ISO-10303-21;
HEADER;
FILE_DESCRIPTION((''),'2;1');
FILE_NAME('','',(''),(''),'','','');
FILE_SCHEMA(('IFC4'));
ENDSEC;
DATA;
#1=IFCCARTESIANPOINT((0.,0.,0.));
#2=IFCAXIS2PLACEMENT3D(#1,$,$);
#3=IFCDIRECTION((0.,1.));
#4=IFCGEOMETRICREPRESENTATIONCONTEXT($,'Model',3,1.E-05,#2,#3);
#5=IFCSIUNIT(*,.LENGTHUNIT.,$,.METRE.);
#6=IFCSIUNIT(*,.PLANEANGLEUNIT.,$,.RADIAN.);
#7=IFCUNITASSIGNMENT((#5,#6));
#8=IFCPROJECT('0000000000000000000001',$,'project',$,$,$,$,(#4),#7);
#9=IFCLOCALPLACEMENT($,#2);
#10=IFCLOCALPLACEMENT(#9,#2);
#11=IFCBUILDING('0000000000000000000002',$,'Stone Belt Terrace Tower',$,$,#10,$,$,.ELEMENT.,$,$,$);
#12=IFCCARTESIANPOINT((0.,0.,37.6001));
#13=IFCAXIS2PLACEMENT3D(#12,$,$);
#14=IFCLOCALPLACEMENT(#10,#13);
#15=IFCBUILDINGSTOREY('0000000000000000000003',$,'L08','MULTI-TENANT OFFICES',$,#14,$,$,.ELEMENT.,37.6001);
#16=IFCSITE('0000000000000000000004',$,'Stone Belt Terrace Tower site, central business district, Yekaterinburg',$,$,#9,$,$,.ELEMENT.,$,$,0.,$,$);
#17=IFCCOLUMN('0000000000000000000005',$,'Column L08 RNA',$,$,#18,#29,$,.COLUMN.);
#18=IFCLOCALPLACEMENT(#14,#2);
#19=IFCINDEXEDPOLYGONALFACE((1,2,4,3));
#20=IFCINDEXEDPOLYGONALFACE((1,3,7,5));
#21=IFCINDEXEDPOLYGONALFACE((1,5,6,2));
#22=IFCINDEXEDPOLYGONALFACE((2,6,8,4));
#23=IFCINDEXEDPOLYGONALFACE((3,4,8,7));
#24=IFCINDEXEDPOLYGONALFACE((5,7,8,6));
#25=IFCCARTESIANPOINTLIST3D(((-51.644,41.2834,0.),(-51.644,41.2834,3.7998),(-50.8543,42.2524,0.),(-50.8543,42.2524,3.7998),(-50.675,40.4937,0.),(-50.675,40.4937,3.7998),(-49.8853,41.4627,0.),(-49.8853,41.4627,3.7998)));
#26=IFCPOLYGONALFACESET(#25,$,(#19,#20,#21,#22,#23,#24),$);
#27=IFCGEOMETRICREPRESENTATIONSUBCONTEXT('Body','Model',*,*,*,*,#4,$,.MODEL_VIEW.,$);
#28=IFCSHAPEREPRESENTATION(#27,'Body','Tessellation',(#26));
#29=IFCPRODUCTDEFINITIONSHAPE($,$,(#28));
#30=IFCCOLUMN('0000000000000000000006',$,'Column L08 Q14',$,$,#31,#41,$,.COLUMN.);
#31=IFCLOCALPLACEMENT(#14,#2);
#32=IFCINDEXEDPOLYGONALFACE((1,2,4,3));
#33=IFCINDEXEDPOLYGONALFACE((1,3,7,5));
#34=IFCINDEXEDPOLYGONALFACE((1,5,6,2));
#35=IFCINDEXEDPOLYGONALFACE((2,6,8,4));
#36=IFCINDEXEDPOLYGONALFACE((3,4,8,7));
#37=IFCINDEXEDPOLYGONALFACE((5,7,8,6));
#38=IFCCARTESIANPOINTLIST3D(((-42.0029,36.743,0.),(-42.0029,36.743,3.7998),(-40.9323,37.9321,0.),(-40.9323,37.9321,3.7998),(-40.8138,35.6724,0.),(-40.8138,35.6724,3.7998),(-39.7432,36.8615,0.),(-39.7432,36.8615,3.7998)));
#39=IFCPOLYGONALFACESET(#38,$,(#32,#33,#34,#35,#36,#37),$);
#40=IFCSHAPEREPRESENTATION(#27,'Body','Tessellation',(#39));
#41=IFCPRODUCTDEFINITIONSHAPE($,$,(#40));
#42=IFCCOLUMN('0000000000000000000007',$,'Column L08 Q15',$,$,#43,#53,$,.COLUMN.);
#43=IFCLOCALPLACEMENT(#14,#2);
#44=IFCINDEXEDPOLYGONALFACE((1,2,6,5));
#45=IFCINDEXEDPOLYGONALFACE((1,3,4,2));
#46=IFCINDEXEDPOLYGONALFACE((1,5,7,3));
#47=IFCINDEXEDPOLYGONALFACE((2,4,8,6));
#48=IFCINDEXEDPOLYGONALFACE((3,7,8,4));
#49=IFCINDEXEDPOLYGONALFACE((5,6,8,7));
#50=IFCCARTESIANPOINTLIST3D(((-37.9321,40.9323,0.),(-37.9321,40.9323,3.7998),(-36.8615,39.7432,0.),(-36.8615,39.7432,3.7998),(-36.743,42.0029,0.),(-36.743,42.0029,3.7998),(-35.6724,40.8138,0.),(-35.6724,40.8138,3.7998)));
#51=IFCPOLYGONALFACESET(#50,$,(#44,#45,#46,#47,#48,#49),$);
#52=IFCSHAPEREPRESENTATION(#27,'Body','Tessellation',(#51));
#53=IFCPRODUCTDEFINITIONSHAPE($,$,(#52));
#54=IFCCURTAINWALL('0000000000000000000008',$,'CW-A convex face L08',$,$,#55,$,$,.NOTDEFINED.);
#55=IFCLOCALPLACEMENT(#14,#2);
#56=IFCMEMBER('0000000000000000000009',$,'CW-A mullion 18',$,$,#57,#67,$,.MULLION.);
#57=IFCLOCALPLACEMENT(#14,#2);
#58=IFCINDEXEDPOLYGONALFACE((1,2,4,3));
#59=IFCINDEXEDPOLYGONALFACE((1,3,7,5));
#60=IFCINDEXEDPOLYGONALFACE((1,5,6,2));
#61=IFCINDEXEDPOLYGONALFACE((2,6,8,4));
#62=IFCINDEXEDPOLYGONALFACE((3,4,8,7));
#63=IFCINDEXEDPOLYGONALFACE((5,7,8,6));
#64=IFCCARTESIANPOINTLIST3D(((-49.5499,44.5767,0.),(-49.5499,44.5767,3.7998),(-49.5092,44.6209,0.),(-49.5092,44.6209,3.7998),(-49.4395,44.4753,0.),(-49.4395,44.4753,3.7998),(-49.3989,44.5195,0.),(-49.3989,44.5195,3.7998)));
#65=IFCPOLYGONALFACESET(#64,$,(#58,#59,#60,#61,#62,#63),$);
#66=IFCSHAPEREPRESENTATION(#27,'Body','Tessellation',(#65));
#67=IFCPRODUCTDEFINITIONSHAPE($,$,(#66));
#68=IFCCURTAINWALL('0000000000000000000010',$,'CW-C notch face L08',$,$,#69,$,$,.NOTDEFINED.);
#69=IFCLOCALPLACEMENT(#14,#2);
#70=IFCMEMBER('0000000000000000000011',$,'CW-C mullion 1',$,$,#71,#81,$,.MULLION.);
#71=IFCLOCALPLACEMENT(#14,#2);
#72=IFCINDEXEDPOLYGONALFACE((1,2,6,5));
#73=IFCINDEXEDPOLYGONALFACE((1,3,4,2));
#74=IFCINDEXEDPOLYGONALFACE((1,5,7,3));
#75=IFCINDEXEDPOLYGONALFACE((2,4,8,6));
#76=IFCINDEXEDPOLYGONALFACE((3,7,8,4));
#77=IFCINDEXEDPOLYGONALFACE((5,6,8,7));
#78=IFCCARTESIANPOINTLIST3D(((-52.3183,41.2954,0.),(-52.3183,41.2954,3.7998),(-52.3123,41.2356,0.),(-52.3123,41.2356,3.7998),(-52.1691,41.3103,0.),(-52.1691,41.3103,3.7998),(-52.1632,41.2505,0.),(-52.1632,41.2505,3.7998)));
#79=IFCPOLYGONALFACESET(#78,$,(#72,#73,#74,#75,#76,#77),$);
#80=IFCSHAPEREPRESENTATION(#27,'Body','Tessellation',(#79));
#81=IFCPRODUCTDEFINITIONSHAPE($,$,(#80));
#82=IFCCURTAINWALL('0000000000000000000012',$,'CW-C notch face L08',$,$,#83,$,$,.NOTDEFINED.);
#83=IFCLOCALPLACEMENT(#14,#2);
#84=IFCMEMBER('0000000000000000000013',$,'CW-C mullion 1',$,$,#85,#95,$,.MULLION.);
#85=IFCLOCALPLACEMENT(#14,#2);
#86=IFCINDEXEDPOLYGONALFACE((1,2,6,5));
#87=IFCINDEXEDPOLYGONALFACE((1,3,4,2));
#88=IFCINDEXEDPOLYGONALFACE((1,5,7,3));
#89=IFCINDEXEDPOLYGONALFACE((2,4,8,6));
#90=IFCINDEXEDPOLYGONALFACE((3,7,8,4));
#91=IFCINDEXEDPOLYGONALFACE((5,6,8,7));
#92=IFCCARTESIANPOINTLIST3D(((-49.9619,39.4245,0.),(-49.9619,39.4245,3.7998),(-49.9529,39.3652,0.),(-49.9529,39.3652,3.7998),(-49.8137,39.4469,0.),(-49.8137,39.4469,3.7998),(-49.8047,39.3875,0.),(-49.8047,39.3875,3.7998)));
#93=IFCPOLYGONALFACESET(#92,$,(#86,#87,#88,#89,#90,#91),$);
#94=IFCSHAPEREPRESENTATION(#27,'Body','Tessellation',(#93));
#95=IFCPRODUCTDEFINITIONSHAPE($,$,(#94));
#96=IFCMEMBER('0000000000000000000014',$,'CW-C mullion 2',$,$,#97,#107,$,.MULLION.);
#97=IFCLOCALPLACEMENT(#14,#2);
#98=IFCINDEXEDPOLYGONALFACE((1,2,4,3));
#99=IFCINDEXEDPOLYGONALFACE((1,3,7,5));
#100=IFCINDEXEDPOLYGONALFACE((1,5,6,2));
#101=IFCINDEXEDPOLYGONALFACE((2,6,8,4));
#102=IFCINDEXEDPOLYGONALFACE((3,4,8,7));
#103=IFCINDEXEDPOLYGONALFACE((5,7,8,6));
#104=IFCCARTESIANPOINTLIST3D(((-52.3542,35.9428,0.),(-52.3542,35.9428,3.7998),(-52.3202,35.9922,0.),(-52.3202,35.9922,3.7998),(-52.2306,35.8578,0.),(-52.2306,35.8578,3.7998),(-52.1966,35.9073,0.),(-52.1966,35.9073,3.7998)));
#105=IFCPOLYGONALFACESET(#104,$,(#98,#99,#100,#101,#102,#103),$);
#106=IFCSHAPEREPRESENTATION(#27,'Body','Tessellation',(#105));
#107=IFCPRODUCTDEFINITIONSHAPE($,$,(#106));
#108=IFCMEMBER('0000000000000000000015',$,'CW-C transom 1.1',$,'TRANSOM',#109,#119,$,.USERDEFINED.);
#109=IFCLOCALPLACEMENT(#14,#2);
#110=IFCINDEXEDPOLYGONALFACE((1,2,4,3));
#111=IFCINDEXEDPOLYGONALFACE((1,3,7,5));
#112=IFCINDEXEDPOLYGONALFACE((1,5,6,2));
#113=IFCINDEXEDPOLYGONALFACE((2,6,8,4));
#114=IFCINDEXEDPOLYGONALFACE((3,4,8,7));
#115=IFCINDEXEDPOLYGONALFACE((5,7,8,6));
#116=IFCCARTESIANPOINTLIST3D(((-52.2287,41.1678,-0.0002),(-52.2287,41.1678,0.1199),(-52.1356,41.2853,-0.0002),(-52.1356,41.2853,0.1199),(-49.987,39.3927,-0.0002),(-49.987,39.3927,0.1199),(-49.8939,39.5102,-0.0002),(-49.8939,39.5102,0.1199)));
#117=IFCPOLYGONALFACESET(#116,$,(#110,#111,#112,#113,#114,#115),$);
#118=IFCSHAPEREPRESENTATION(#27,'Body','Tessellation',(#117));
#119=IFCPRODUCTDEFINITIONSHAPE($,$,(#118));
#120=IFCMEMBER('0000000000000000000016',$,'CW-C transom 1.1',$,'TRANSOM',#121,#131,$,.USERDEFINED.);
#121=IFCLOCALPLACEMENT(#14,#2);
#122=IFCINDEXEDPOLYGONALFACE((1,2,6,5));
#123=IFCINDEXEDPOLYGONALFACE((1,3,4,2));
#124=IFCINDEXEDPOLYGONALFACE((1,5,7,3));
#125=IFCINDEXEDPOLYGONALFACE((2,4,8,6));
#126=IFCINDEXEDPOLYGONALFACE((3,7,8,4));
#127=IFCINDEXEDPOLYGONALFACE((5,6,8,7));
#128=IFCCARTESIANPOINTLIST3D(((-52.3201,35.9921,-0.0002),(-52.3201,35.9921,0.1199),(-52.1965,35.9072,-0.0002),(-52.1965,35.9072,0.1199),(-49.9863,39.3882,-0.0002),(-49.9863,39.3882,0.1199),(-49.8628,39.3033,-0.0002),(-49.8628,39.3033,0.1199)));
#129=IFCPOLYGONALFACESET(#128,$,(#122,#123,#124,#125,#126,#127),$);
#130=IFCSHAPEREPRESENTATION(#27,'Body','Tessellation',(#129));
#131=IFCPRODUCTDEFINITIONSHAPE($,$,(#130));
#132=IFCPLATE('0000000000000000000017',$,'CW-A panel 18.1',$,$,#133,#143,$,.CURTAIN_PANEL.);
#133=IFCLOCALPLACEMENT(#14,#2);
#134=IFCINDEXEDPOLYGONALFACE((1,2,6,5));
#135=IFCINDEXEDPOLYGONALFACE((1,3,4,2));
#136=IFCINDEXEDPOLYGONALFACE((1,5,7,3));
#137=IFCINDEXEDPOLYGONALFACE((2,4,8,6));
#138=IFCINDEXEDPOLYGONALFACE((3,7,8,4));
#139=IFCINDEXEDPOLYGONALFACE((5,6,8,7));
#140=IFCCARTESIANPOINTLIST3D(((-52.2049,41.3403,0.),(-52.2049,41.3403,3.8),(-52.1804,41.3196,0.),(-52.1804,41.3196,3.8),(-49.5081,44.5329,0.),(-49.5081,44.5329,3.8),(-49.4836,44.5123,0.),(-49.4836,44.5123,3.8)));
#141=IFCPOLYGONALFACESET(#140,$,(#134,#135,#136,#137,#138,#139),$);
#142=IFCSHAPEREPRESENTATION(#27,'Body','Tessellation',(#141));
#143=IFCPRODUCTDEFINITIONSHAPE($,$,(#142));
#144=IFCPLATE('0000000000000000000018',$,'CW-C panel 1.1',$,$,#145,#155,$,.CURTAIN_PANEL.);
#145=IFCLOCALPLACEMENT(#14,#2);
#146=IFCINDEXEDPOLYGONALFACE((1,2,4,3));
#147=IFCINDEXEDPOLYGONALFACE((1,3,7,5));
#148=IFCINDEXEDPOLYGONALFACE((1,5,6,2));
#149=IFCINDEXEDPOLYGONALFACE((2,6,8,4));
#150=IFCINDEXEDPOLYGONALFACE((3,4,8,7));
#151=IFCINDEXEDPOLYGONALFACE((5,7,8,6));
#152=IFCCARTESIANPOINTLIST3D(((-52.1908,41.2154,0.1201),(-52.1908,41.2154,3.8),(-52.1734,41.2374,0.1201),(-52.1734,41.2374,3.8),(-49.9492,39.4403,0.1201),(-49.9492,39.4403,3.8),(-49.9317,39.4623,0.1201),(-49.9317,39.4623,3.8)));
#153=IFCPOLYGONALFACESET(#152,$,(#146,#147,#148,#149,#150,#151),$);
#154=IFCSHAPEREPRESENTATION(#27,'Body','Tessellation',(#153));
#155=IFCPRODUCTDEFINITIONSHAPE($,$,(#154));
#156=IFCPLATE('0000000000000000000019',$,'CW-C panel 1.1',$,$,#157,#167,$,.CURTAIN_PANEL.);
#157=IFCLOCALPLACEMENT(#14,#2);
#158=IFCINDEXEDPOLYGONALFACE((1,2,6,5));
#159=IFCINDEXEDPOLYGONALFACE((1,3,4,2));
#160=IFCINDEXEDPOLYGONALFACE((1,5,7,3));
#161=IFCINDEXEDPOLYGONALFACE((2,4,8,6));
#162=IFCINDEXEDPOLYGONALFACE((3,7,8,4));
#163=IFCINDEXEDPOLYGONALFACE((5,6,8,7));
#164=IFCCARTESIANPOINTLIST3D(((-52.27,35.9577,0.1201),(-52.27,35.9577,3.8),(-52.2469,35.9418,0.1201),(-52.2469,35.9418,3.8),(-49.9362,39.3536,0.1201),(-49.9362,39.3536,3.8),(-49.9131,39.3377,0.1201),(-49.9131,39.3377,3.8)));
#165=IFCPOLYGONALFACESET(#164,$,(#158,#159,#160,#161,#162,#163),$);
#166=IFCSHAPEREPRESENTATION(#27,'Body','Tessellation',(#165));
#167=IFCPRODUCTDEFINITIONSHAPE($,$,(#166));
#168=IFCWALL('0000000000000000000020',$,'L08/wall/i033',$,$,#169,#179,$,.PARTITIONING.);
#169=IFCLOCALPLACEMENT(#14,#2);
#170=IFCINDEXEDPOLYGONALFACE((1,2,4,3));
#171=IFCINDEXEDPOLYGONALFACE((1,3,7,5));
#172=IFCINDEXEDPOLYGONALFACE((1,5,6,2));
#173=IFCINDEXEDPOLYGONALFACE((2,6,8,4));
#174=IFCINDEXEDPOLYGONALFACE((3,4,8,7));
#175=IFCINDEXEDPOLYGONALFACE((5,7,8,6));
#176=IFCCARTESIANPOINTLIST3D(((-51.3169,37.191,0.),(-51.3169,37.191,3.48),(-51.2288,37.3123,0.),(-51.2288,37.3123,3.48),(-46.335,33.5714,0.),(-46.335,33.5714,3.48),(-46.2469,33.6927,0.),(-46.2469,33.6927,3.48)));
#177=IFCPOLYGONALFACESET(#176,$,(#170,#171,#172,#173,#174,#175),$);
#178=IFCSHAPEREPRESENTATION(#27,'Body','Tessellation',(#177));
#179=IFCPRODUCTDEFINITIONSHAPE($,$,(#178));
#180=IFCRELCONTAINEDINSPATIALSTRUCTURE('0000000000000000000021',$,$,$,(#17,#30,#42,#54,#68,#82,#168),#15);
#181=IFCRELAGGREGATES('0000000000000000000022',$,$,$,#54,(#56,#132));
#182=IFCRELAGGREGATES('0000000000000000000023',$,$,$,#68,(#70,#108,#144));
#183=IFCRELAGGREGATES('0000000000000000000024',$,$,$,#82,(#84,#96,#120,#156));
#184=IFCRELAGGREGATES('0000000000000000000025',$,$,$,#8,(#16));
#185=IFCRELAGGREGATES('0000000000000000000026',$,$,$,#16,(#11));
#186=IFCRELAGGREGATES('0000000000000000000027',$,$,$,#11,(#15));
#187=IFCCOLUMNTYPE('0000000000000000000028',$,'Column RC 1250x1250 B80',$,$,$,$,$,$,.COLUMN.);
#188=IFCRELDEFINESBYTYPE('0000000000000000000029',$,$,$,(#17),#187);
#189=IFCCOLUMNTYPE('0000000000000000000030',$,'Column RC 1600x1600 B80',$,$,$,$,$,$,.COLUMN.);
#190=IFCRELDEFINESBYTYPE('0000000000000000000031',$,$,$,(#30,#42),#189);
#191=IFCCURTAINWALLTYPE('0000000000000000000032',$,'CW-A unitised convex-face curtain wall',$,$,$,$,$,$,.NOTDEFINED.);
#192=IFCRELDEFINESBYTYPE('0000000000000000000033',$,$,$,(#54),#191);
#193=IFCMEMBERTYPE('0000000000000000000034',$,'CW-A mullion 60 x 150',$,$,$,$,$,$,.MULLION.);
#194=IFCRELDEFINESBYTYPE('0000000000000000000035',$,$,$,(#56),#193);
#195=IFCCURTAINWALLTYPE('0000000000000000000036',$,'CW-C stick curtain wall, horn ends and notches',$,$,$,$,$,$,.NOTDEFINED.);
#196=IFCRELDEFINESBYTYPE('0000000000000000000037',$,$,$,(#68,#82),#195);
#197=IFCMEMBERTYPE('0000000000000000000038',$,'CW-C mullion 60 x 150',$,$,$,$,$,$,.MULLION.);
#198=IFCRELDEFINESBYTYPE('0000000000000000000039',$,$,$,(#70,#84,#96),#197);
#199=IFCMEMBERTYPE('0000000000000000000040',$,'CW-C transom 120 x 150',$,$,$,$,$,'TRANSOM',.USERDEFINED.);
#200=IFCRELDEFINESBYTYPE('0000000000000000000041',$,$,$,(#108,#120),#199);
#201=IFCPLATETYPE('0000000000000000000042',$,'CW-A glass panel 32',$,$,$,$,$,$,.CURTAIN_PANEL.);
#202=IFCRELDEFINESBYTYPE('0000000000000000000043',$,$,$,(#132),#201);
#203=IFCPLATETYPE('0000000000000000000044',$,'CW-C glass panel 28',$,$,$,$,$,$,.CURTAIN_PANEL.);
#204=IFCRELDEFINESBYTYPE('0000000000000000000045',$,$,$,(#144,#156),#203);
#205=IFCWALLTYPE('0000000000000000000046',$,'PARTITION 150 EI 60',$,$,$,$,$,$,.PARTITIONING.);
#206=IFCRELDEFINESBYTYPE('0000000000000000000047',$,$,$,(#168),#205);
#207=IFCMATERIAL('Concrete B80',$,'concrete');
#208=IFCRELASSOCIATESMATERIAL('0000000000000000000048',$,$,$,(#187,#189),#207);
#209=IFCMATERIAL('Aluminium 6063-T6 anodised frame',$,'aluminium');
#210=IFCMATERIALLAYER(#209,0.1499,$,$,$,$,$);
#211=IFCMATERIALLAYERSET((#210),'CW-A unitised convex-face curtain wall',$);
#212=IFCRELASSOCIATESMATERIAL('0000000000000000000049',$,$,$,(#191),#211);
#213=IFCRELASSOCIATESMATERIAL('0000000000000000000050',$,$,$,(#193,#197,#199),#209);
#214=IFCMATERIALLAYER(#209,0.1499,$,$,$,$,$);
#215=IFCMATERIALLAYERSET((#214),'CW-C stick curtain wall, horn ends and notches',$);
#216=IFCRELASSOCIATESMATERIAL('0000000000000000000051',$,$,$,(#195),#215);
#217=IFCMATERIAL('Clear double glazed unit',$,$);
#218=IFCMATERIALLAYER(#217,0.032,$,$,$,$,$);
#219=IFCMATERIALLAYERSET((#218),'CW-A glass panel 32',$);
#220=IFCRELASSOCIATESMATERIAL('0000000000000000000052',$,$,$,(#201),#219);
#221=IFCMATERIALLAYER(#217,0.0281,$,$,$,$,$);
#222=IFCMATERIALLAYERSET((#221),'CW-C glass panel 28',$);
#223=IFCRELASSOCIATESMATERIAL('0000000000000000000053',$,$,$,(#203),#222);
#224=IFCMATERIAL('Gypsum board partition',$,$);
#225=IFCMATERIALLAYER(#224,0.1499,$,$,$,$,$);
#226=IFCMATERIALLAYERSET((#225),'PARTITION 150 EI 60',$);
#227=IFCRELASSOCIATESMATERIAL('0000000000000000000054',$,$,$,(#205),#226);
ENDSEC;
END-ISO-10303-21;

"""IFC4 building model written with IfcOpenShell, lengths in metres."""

from ifc_helpers import new_model, si_unit, direction, frame, frame_2d, origin, origin_2d, place, context, subcontext, project, spatial, rectangle, extrude, material, layer, layer_set, material_profile, profile_set, type_object, element, aggregate, save


model = new_model("IFC4")

# Units and contexts
model_context = context("Model", 3, precision=1e-05, world=origin(), true_north=direction((0.0, 1.0)))
body_context = subcontext(model_context, "Body", "Model", "MODEL_VIEW")
ifc_project = project(units=[si_unit("LENGTHUNIT", "METRE"), si_unit("PLANEANGLEUNIT", "RADIAN")], contexts=[model_context])

# Site, building, storey
site_placement = place(None, origin())
site = spatial("IfcSite", under=ifc_project, at=site_placement, Name="Stone Belt Terrace Tower site, central business district, Yekaterinburg", CompositionType="ELEMENT", RefElevation=0.0)
building_placement = place(site_placement, origin())
building = spatial("IfcBuilding", under=site, at=building_placement, Name="Stone Belt Terrace Tower", CompositionType="ELEMENT")
storey_placement = place(building_placement, frame((0.0, 0.0, 37.6001)))
storey = spatial("IfcBuildingStorey", under=building, at=storey_placement, Name="L08", Description="MULTI-TENANT OFFICES", CompositionType="ELEMENT", Elevation=37.6001)

# Columns
ifc_material_1 = material(Name="Concrete B80", Category="concrete")
ifc_material_profile_1 = material_profile(ifc_material_1, rectangle(XDim=1.25, YDim=1.25, at=origin_2d()), Name="RC 1250x1250")
ifc_profile_set_1 = profile_set([ifc_material_profile_1], Name="Concrete B80")
column_type_1 = type_object("IfcColumnType", Name="Column RC 1250x1250 B80", PredefinedType="COLUMN", material=ifc_profile_set_1)
column_placement = place(storey_placement, frame((-50.7646, 41.373, 0.0), z_axis=(0.0, 0.0, 1.0), x_axis=(0.631759, 0.775165, 0.0)))
element("IfcColumn", 1, at=column_placement, inside=storey, type_object=column_type_1, Name="Column L08 RNA", PredefinedType="COLUMN", context=body_context, shape_type="SweptSolid", body=[
    extrude(rectangle(XDim=1.25, YDim=1.25, at=origin_2d()), origin(), (0.0, 0.0, 1.0), 3.7998),
])
ifc_material_profile_2 = material_profile(ifc_material_1, rectangle(XDim=1.6001, YDim=1.6001, at=origin_2d()), Name="RC 1600x1600")
ifc_profile_set_2 = profile_set([ifc_material_profile_2], Name="Concrete B80")
column_type_2 = type_object("IfcColumnType", Name="Column RC 1600x1600 B80", PredefinedType="COLUMN", material=ifc_profile_set_2)
for number, where, z_axis, x_axis, name in (
    (2, (-40.873, 36.8022, 0.0), (0.0, 0.0, 1.0), (0.669131, 0.743145, 0.0), "Column L08 Q14"),
    (3, (-36.8022, 40.873, 0.0), (0.0, 0.0, 1.0), (0.743145, 0.669131, 0.0), "Column L08 Q15"),
):
    element("IfcColumn", number, at=place(storey_placement, frame(where, z_axis=z_axis, x_axis=x_axis)), inside=storey, type_object=column_type_2, Name=name, PredefinedType="COLUMN", context=body_context, shape_type="SweptSolid", body=[
        extrude(rectangle(XDim=1.6001, YDim=1.6001, at=origin_2d()), origin(), (0.0, 0.0, 1.0), 3.7998),
    ])

# Curtain walls, members
ifc_material_2 = material(Name="Aluminium 6063-T6 anodised frame", Category="aluminium")
ifc_layer_1 = layer(ifc_material_2, 0.1499)
ifc_layer_set_1 = layer_set([ifc_layer_1], Name="CW-A unitised convex-face curtain wall")
curtain_wall_type_1 = type_object("IfcCurtainWallType", Name="CW-A unitised convex-face curtain wall", PredefinedType="NOTDEFINED", material=ifc_layer_set_1)
curtain_wall_1_placement = place(storey_placement, origin())
curtain_wall_1 = element("IfcCurtainWall", 4, at=curtain_wall_1_placement, inside=storey, type_object=curtain_wall_type_1, Name="CW-A convex face L08", PredefinedType="NOTDEFINED")
ifc_material_profile_3 = material_profile(ifc_material_2, rectangle(XDim=0.1499, YDim=0.0601, at=origin_2d()), Name="Aluminium 6063-T6 60x150")
ifc_profile_set_3 = profile_set([ifc_material_profile_3], Name="Aluminium 6063-T6 anodised frame")
member_type_1 = type_object("IfcMemberType", Name="CW-A mullion 60 x 150", PredefinedType="MULLION", material=ifc_profile_set_3)
member_1_placement = place(storey_placement, frame((-49.4744, 44.5481, 0.0), z_axis=(0.0, 0.0, 1.0), x_axis=(0.736171, -0.676796, 0.0)))
member_1 = element("IfcMember", 5, at=member_1_placement, type_object=member_type_1, Name="CW-A mullion 18", PredefinedType="MULLION", context=body_context, shape_type="SweptSolid", body=[
    extrude(rectangle(XDim=0.1499, YDim=0.0601, at=origin_2d()), origin(), (0.0, 0.0, 1.0), 3.7998),
])
ifc_layer_2 = layer(ifc_material_2, 0.1499)
ifc_layer_set_2 = layer_set([ifc_layer_2], Name="CW-C stick curtain wall, horn ends and notches")
curtain_wall_type_2 = type_object("IfcCurtainWallType", Name="CW-C stick curtain wall, horn ends and notches", PredefinedType="NOTDEFINED", material=ifc_layer_set_2)
curtain_wall_2_placement = place(storey_placement, origin())
curtain_wall_2 = element("IfcCurtainWall", 6, at=curtain_wall_2_placement, inside=storey, type_object=curtain_wall_type_2, Name="CW-C notch face L08", PredefinedType="NOTDEFINED")
ifc_material_profile_4 = material_profile(ifc_material_2, rectangle(XDim=0.1499, YDim=0.0601, at=origin_2d()), Name="Aluminium 6063-T6 60x150")
ifc_profile_set_4 = profile_set([ifc_material_profile_4], Name="Aluminium 6063-T6 anodised frame")
member_type_2 = type_object("IfcMemberType", Name="CW-C mullion 60 x 150", PredefinedType="MULLION", material=ifc_profile_set_4)
member_2_placement = place(storey_placement, frame((-52.2407, 41.2729, 0.0), z_axis=(0.0, 0.0, 1.0), x_axis=(0.995023, 0.099645, 0.0)))
member_2 = element("IfcMember", 7, at=member_2_placement, type_object=member_type_2, Name="CW-C mullion 1", PredefinedType="MULLION", context=body_context, shape_type="SweptSolid", body=[
    extrude(rectangle(XDim=0.1499, YDim=0.0601, at=origin_2d()), origin(), (0.0, 0.0, 1.0), 3.7998),
])

# Curtain wall, members
curtain_wall_3_placement = place(storey_placement, origin())
curtain_wall_3 = element("IfcCurtainWall", 8, at=curtain_wall_3_placement, inside=storey, type_object=curtain_wall_type_2, Name="CW-C notch face L08", PredefinedType="NOTDEFINED")
member_3_placement = place(storey_placement, frame((-49.8833, 39.406, 0.0), z_axis=(0.0, 0.0, 1.0), x_axis=(0.988851, 0.148906, 0.0)))
member_3 = element("IfcMember", 9, at=member_3_placement, type_object=member_type_2, Name="CW-C mullion 1", PredefinedType="MULLION", context=body_context, shape_type="SweptSolid", body=[
    extrude(rectangle(XDim=0.1499, YDim=0.0601, at=origin_2d()), origin(), (0.0, 0.0, 1.0), 3.7998),
])
member_4_placement = place(storey_placement, frame((-52.2754, 35.925, 0.0), z_axis=(0.0, 0.0, 1.0), x_axis=(0.824147, -0.566376, 0.0)))
member_4 = element("IfcMember", 10, at=member_4_placement, type_object=member_type_2, Name="CW-C mullion 2", PredefinedType="MULLION", context=body_context, shape_type="SweptSolid", body=[
    extrude(rectangle(XDim=0.1499, YDim=0.0601, at=origin_2d()), origin(), (0.0, 0.0, 1.0), 3.7998),
])

# Members
ifc_material_profile_5 = material_profile(ifc_material_2, rectangle(XDim=0.1499, YDim=0.1201, at=origin_2d()), Name="Aluminium 6063-T6 150x120")
ifc_profile_set_5 = profile_set([ifc_material_profile_5], Name="Aluminium 6063-T6 anodised frame")
member_type_3 = type_object("IfcMemberType", Name="CW-C transom 120 x 150", ElementType="TRANSOM", PredefinedType="USERDEFINED", material=ifc_profile_set_5)
member_5_placement = place(storey_placement, frame((-52.1821, 41.2266, 0.0598), z_axis=(0.783966, -0.620804, 0.0), x_axis=(0.620804, 0.783966, 0.0)))
member_5 = element("IfcMember", 11, at=member_5_placement, type_object=member_type_3, Name="CW-C transom 1.1", ObjectType="TRANSOM", PredefinedType="USERDEFINED", context=body_context, shape_type="SweptSolid", body=[
    extrude(rectangle(XDim=0.1499, YDim=0.1201, at=origin_2d()), origin(), (0.0, 0.0, 1.0), 2.8594),
])
member_6_placement = place(storey_placement, frame((-49.9246, 39.3457, 0.0598), z_axis=(-0.566363, -0.824156, 0.0), x_axis=(0.824156, -0.566363, 0.0)))
member_6 = element("IfcMember", 12, at=member_6_placement, type_object=member_type_3, Name="CW-C transom 1.1", ObjectType="TRANSOM", PredefinedType="USERDEFINED", context=body_context, shape_type="SweptSolid", body=[
    extrude(rectangle(XDim=0.1499, YDim=0.1201, at=origin_2d()), origin(), (0.0, 0.0, 1.0), 4.1206),
])

# Plates
ifc_material_3 = material(Name="Clear double glazed unit")
ifc_layer_3 = layer(ifc_material_3, 0.032)
ifc_layer_set_3 = layer_set([ifc_layer_3], Name="CW-A glass panel 32")
plate_type_1 = type_object("IfcPlateType", Name="CW-A glass panel 32", PredefinedType="CURTAIN_PANEL", material=ifc_layer_set_3)
plate_1_placement = place(storey_placement, frame((-50.8442, 42.9263, 0.0), z_axis=(0.0, 0.0, 1.0), x_axis=(-0.645291, -0.763937, 0.0)))
plate_1 = element("IfcPlate", 13, at=plate_1_placement, type_object=plate_type_1, Name="CW-A panel 18.1", PredefinedType="CURTAIN_PANEL", context=body_context, shape_type="SweptSolid", body=[
    extrude(rectangle(XDim=4.1792, YDim=0.032, at=origin_2d()), origin(), (0.0, 0.0, 1.0), 3.8),
])
aggregate(curtain_wall_1, [member_1, plate_1])
ifc_layer_4 = layer(ifc_material_3, 0.0281)
ifc_layer_set_4 = layer_set([ifc_layer_4], Name="CW-C glass panel 28")
plate_type_2 = type_object("IfcPlateType", Name="CW-C glass panel 28", PredefinedType="CURTAIN_PANEL", material=ifc_layer_set_4)
plate_2_placement = place(storey_placement, frame((-51.0613, 40.3389, 0.1201), z_axis=(0.0, 0.0, 1.0), x_axis=(0.783964, -0.620807, 0.0)))
plate_2 = element("IfcPlate", 14, at=plate_2_placement, type_object=plate_type_2, Name="CW-C panel 1.1", PredefinedType="CURTAIN_PANEL", context=body_context, shape_type="SweptSolid", body=[
    extrude(rectangle(XDim=2.8594, YDim=0.0281, at=origin_2d()), origin(), (0.0, 0.0, 1.0), 3.6799),
])
aggregate(curtain_wall_2, [member_2, member_5, plate_2])
plate_3_placement = place(storey_placement, frame((-51.0916, 37.6477, 0.1201), z_axis=(0.0, 0.0, 1.0), x_axis=(-0.566376, -0.824147, 0.0)))
plate_3 = element("IfcPlate", 15, at=plate_3_placement, type_object=plate_type_2, Name="CW-C panel 1.1", PredefinedType="CURTAIN_PANEL", context=body_context, shape_type="SweptSolid", body=[
    extrude(rectangle(XDim=4.1206, YDim=0.0281, at=origin_2d()), origin(), (0.0, 0.0, 1.0), 3.6799),
])
aggregate(curtain_wall_3, [member_3, member_4, member_6, plate_3])

# Wall
ifc_material_4 = material(Name="Gypsum board partition")
ifc_layer_5 = layer(ifc_material_4, 0.1499)
ifc_layer_set_5 = layer_set([ifc_layer_5], Name="PARTITION 150 EI 60")
wall_type = type_object("IfcWallType", Name="PARTITION 150 EI 60", PredefinedType="PARTITIONING", material=ifc_layer_set_5)
wall_1_placement = place(storey_placement, frame((-51.2729, 37.2517, 0.0), z_axis=(0.0, 0.0, 1.0), x_axis=(0.809014, -0.58779, 0.0)))
element("IfcWall", 16, at=wall_1_placement, inside=storey, type_object=wall_type, Name="L08/wall/i033", PredefinedType="PARTITIONING", context=body_context, shape_type="SweptSolid", body=[
    extrude(rectangle(XDim=6.158, YDim=0.1499, at=frame_2d((3.0791, 0.0))), origin(), (0.0, 0.0, 1.0), 3.48),
])

save(model, "model.ifc")
